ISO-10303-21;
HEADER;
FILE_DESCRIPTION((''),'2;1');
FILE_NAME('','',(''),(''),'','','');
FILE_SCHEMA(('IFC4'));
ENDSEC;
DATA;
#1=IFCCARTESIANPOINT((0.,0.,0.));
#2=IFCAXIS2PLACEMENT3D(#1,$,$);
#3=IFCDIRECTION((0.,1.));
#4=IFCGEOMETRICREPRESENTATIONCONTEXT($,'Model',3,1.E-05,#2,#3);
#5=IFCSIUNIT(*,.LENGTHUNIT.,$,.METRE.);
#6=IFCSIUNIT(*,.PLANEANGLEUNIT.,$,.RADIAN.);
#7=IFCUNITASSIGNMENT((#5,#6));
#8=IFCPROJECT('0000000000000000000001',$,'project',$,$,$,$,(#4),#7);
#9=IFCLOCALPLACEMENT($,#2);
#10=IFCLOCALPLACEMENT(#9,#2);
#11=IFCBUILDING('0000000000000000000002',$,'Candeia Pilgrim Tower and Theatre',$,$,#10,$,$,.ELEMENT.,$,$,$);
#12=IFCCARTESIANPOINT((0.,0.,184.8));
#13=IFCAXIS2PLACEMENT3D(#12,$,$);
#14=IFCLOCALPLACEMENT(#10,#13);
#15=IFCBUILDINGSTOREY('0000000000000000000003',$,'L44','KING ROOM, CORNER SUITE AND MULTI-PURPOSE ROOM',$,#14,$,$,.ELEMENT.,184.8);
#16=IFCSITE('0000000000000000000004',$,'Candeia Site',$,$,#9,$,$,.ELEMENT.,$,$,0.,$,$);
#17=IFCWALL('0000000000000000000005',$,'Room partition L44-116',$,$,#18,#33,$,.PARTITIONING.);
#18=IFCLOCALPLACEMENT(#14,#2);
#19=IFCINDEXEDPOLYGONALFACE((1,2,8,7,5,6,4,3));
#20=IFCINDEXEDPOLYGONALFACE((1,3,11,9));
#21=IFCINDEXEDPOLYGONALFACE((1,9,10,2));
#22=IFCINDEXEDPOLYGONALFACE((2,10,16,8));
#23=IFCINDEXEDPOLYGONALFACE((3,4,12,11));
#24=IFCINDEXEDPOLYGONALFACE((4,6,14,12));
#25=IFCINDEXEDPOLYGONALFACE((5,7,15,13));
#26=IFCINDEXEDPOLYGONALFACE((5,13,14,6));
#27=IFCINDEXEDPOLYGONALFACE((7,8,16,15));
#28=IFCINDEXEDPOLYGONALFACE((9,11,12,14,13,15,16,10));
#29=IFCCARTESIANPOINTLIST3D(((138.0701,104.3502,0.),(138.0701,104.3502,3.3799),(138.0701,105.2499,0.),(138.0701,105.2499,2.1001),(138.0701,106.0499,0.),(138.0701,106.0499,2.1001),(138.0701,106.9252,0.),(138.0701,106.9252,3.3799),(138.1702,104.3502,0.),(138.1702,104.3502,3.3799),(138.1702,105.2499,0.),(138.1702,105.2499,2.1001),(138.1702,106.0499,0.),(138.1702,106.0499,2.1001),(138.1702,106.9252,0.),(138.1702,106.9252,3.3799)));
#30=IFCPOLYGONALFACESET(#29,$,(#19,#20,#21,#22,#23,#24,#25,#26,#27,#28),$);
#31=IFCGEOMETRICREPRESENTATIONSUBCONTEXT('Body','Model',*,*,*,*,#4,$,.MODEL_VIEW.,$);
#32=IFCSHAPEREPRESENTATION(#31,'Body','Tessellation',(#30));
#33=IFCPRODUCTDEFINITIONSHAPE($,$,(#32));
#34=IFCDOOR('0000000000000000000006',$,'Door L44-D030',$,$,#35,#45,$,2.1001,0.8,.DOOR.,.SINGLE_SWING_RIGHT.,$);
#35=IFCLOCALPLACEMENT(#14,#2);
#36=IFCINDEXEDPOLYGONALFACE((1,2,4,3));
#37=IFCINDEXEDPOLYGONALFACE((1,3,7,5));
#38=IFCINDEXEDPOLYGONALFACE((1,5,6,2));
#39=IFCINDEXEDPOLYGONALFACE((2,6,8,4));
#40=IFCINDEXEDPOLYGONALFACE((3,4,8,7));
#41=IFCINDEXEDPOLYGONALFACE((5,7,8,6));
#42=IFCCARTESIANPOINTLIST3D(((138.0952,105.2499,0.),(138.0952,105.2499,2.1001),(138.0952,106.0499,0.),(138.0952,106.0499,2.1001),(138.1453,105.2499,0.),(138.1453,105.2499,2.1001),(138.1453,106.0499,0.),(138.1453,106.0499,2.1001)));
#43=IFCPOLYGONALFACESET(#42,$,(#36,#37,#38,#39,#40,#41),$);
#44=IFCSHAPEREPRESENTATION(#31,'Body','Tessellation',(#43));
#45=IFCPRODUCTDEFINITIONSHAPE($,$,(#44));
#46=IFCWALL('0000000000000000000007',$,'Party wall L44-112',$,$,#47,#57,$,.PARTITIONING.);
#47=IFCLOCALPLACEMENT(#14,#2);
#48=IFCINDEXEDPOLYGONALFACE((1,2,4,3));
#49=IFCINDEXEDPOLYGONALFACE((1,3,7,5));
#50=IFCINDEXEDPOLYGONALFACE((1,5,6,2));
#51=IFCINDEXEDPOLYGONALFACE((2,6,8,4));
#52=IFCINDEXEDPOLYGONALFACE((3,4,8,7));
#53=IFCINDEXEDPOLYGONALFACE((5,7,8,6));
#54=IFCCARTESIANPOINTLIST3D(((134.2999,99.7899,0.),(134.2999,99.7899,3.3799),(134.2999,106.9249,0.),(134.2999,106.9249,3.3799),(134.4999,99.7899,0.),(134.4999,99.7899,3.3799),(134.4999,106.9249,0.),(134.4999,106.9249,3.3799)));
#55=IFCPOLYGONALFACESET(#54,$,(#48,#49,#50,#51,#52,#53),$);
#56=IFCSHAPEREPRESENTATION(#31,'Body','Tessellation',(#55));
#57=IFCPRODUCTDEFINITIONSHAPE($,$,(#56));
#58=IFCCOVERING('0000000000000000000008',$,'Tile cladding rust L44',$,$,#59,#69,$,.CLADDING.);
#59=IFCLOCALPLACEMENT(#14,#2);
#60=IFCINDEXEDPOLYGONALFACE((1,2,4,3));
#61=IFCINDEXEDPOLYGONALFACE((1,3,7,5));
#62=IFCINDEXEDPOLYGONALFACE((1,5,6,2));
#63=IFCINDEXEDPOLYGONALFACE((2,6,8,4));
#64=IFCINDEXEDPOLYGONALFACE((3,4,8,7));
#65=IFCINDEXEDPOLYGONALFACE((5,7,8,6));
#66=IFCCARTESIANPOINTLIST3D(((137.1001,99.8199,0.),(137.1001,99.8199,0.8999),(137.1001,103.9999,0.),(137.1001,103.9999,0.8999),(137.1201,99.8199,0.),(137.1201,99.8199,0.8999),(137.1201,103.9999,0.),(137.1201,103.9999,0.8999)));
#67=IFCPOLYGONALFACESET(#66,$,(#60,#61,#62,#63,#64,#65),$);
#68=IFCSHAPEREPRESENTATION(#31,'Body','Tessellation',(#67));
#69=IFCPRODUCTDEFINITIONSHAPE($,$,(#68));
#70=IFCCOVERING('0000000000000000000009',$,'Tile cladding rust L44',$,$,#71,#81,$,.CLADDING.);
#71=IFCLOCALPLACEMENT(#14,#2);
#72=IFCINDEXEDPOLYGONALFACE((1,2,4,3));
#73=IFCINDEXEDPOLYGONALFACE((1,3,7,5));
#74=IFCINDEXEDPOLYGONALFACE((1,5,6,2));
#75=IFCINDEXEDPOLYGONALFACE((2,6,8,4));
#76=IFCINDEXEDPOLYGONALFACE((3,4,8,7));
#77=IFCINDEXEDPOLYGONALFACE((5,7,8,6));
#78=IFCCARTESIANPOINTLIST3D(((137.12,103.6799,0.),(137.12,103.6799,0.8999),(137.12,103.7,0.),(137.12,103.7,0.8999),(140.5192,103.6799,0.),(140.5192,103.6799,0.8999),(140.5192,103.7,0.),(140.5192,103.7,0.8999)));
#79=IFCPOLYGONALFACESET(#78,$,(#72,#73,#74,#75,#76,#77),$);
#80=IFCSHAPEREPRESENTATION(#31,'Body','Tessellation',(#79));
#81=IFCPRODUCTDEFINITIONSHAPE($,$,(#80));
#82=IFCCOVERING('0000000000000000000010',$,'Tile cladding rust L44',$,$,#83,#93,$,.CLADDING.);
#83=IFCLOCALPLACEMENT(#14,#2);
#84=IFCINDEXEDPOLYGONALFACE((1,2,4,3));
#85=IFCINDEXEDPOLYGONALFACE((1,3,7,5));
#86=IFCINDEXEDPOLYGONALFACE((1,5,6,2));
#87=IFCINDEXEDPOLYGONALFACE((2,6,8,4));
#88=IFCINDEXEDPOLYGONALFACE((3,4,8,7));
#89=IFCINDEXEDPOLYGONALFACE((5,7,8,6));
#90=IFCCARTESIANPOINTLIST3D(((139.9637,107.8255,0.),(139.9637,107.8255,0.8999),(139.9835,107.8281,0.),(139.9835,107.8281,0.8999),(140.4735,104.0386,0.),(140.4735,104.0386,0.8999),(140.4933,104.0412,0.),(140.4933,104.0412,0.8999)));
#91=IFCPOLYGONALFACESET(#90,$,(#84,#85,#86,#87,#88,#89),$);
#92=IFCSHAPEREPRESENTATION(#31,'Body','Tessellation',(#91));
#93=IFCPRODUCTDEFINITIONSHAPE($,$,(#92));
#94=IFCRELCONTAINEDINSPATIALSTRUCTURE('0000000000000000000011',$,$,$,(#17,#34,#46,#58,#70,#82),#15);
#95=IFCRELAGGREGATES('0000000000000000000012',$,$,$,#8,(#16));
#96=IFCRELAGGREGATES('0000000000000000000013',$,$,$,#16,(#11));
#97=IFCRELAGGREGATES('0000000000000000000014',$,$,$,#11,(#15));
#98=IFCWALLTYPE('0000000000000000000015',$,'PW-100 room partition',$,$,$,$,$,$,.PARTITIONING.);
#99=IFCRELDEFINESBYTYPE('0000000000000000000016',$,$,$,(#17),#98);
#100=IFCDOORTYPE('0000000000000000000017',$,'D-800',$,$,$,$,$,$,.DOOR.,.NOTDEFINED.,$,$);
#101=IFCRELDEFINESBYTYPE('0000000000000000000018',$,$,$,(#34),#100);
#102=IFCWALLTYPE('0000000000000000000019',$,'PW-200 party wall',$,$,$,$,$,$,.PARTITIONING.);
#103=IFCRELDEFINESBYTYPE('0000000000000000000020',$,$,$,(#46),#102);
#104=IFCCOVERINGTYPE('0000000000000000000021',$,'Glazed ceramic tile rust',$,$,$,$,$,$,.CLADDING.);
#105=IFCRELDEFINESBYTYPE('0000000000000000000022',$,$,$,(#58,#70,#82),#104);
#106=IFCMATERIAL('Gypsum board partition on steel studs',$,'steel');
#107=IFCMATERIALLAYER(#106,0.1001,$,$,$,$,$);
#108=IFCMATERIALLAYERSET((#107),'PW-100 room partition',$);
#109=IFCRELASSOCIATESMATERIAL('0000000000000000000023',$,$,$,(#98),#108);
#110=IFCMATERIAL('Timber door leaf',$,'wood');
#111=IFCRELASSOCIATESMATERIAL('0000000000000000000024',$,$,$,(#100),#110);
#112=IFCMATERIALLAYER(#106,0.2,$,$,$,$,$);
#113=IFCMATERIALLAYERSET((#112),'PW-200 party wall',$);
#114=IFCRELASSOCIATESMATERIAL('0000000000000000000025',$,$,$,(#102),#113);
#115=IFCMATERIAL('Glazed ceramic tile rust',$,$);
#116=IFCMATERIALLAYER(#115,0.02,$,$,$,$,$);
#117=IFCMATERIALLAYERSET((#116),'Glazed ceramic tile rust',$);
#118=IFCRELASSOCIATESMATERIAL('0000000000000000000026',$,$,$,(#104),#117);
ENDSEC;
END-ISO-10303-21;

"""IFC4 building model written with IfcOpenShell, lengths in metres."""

from ifc_helpers import new_model, si_unit, direction, frame, frame_2d, origin, origin_2d, place, context, subcontext, project, spatial, rectangle, extrude, material, layer, layer_set, type_object, element, fill, save


model = new_model("IFC4")

# Units and contexts
model_context = context("Model", 3, precision=1e-05, world=origin(), true_north=direction((0.0, 1.0)))
body_context = subcontext(model_context, "Body", "Model", "MODEL_VIEW")
ifc_project = project(units=[si_unit("LENGTHUNIT", "METRE"), si_unit("PLANEANGLEUNIT", "RADIAN")], contexts=[model_context])

# Site, building, storey
site_placement = place(None, origin())
site = spatial("IfcSite", under=ifc_project, at=site_placement, Name="Candeia Site", CompositionType="ELEMENT", RefElevation=0.0)
building_placement = place(site_placement, origin())
building = spatial("IfcBuilding", under=site, at=building_placement, Name="Candeia Pilgrim Tower and Theatre", CompositionType="ELEMENT")
storey_placement = place(building_placement, frame((0.0, 0.0, 184.8)))
storey = spatial("IfcBuildingStorey", under=building, at=storey_placement, Name="L44", Description="KING ROOM, CORNER SUITE AND MULTI-PURPOSE ROOM", CompositionType="ELEMENT", Elevation=184.8)

# Shared definitions
ifc_material_1 = material(Name="Gypsum board partition on steel studs", Category="steel")
ifc_layer_1 = layer(ifc_material_1, 0.1001)
ifc_layer_set_1 = layer_set([ifc_layer_1], Name="PW-100 room partition")
wall_type_1 = type_object("IfcWallType", Name="PW-100 room partition", PredefinedType="PARTITIONING", material=ifc_layer_set_1)

# Wall, opening, door
wall_1_placement = place(storey_placement, frame((138.1201, 104.3501, 0.0), z_axis=(0.0, 0.0, 1.0), x_axis=(0.0, 1.0, 0.0)))
wall_1 = element("IfcWall", 1, at=wall_1_placement, inside=storey, type_object=wall_type_1, Name="Room partition L44-116", PredefinedType="PARTITIONING", context=body_context, shape_type="SweptSolid", body=[
    extrude(rectangle(XDim=2.575, YDim=0.1001, at=frame_2d((1.2876, 0.0))), origin(), (0.0, 0.0, 1.0), 3.3799),
])
opening_1_placement = place(wall_1_placement, frame((0.8999, 0.0, 0.0)))
opening_1 = element("IfcOpeningElement", 2, at=opening_1_placement, cuts=wall_1, PredefinedType="OPENING", context=body_context, shape_type="SweptSolid", body=[
    extrude(rectangle(XDim=0.8, YDim=2.1001, at=frame_2d((0.3999, 1.05))), frame((0.0, 0.0601, 0.0), z_axis=(0.0, -1.0, 0.0), x_axis=(1.0, 0.0, 0.0)), (0.0, 0.0, 1.0), 0.1201),
])
ifc_material_2 = material(Name="Timber door leaf", Category="wood")
door_type_1 = type_object("IfcDoorType", Name="D-800", OperationType="NOTDEFINED", PredefinedType="DOOR", material=ifc_material_2)
door_1_placement = place(opening_1_placement, origin())
door_1 = element("IfcDoor", 3, at=door_1_placement, inside=storey, type_object=door_type_1, Name="Door L44-D030", OperationType="SINGLE_SWING_RIGHT", OverallHeight=2.1001, OverallWidth=0.8, PredefinedType="DOOR", context=body_context, shape_type="SweptSolid", body=[
    extrude(rectangle(XDim=0.8, YDim=2.1001, at=frame_2d((0.3999, 1.05))), frame((0.0, 0.0249, 0.0), z_axis=(0.0, -1.0, 0.0), x_axis=(1.0, 0.0, 0.0)), (0.0, 0.0, 1.0), 0.05),
])
fill(opening_1, door_1)

# Wall
ifc_layer_2 = layer(ifc_material_1, 0.2)
ifc_layer_set_2 = layer_set([ifc_layer_2], Name="PW-200 party wall")
wall_type_2 = type_object("IfcWallType", Name="PW-200 party wall", PredefinedType="PARTITIONING", material=ifc_layer_set_2)
wall_2_placement = place(storey_placement, frame((134.3999, 99.79, 0.0), z_axis=(0.0, 0.0, 1.0), x_axis=(0.0, 1.0, 0.0)))
element("IfcWall", 4, at=wall_2_placement, inside=storey, type_object=wall_type_2, Name="Party wall L44-112", PredefinedType="PARTITIONING", context=body_context, shape_type="SweptSolid", body=[
    extrude(rectangle(XDim=7.135, YDim=0.2, at=frame_2d((3.5674, 0.0))), origin(), (0.0, 0.0, 1.0), 3.3799),
])

# Coverings
ifc_material_3 = material(Name="Glazed ceramic tile rust")
ifc_layer_3 = layer(ifc_material_3, 0.02)
ifc_layer_set_3 = layer_set([ifc_layer_3], Name="Glazed ceramic tile rust")
covering_type = type_object("IfcCoveringType", Name="Glazed ceramic tile rust", PredefinedType="CLADDING", material=ifc_layer_set_3)
covering_1_placement = place(storey_placement, frame((137.1101, 101.9099, 0.0), z_axis=(0.0, 0.0, 1.0), x_axis=(0.0, 1.0, 0.0)))
element("IfcCovering", 5, at=covering_1_placement, inside=storey, type_object=covering_type, Name="Tile cladding rust L44", PredefinedType="CLADDING", context=body_context, shape_type="SweptSolid", body=[
    extrude(rectangle(XDim=4.1799, YDim=0.02, at=origin_2d()), origin(), (0.0, 0.0, 1.0), 0.8999),
])
covering_2_placement = place(storey_placement, frame((138.8196, 103.6899, 0.0), z_axis=(0.0, 0.0, 1.0), x_axis=(1.0, 0.0, 0.0)))
element("IfcCovering", 6, at=covering_2_placement, inside=storey, type_object=covering_type, Name="Tile cladding rust L44", PredefinedType="CLADDING", context=body_context, shape_type="SweptSolid", body=[
    extrude(rectangle(XDim=3.3992, YDim=0.02, at=origin_2d()), origin(), (0.0, 0.0, 1.0), 0.8999),
])
covering_3_placement = place(storey_placement, frame((140.2285, 105.9333, 0.0), z_axis=(0.0, 0.0, 1.0), x_axis=(-0.133412, 0.991061, 0.0)))
element("IfcCovering", 7, at=covering_3_placement, inside=storey, type_object=covering_type, Name="Tile cladding rust L44", PredefinedType="CLADDING", context=body_context, shape_type="SweptSolid", body=[
    extrude(rectangle(XDim=3.821, YDim=0.02, at=origin_2d()), origin(), (0.0, 0.0, 1.0), 0.8999),
])

save(model, "model.ifc")
